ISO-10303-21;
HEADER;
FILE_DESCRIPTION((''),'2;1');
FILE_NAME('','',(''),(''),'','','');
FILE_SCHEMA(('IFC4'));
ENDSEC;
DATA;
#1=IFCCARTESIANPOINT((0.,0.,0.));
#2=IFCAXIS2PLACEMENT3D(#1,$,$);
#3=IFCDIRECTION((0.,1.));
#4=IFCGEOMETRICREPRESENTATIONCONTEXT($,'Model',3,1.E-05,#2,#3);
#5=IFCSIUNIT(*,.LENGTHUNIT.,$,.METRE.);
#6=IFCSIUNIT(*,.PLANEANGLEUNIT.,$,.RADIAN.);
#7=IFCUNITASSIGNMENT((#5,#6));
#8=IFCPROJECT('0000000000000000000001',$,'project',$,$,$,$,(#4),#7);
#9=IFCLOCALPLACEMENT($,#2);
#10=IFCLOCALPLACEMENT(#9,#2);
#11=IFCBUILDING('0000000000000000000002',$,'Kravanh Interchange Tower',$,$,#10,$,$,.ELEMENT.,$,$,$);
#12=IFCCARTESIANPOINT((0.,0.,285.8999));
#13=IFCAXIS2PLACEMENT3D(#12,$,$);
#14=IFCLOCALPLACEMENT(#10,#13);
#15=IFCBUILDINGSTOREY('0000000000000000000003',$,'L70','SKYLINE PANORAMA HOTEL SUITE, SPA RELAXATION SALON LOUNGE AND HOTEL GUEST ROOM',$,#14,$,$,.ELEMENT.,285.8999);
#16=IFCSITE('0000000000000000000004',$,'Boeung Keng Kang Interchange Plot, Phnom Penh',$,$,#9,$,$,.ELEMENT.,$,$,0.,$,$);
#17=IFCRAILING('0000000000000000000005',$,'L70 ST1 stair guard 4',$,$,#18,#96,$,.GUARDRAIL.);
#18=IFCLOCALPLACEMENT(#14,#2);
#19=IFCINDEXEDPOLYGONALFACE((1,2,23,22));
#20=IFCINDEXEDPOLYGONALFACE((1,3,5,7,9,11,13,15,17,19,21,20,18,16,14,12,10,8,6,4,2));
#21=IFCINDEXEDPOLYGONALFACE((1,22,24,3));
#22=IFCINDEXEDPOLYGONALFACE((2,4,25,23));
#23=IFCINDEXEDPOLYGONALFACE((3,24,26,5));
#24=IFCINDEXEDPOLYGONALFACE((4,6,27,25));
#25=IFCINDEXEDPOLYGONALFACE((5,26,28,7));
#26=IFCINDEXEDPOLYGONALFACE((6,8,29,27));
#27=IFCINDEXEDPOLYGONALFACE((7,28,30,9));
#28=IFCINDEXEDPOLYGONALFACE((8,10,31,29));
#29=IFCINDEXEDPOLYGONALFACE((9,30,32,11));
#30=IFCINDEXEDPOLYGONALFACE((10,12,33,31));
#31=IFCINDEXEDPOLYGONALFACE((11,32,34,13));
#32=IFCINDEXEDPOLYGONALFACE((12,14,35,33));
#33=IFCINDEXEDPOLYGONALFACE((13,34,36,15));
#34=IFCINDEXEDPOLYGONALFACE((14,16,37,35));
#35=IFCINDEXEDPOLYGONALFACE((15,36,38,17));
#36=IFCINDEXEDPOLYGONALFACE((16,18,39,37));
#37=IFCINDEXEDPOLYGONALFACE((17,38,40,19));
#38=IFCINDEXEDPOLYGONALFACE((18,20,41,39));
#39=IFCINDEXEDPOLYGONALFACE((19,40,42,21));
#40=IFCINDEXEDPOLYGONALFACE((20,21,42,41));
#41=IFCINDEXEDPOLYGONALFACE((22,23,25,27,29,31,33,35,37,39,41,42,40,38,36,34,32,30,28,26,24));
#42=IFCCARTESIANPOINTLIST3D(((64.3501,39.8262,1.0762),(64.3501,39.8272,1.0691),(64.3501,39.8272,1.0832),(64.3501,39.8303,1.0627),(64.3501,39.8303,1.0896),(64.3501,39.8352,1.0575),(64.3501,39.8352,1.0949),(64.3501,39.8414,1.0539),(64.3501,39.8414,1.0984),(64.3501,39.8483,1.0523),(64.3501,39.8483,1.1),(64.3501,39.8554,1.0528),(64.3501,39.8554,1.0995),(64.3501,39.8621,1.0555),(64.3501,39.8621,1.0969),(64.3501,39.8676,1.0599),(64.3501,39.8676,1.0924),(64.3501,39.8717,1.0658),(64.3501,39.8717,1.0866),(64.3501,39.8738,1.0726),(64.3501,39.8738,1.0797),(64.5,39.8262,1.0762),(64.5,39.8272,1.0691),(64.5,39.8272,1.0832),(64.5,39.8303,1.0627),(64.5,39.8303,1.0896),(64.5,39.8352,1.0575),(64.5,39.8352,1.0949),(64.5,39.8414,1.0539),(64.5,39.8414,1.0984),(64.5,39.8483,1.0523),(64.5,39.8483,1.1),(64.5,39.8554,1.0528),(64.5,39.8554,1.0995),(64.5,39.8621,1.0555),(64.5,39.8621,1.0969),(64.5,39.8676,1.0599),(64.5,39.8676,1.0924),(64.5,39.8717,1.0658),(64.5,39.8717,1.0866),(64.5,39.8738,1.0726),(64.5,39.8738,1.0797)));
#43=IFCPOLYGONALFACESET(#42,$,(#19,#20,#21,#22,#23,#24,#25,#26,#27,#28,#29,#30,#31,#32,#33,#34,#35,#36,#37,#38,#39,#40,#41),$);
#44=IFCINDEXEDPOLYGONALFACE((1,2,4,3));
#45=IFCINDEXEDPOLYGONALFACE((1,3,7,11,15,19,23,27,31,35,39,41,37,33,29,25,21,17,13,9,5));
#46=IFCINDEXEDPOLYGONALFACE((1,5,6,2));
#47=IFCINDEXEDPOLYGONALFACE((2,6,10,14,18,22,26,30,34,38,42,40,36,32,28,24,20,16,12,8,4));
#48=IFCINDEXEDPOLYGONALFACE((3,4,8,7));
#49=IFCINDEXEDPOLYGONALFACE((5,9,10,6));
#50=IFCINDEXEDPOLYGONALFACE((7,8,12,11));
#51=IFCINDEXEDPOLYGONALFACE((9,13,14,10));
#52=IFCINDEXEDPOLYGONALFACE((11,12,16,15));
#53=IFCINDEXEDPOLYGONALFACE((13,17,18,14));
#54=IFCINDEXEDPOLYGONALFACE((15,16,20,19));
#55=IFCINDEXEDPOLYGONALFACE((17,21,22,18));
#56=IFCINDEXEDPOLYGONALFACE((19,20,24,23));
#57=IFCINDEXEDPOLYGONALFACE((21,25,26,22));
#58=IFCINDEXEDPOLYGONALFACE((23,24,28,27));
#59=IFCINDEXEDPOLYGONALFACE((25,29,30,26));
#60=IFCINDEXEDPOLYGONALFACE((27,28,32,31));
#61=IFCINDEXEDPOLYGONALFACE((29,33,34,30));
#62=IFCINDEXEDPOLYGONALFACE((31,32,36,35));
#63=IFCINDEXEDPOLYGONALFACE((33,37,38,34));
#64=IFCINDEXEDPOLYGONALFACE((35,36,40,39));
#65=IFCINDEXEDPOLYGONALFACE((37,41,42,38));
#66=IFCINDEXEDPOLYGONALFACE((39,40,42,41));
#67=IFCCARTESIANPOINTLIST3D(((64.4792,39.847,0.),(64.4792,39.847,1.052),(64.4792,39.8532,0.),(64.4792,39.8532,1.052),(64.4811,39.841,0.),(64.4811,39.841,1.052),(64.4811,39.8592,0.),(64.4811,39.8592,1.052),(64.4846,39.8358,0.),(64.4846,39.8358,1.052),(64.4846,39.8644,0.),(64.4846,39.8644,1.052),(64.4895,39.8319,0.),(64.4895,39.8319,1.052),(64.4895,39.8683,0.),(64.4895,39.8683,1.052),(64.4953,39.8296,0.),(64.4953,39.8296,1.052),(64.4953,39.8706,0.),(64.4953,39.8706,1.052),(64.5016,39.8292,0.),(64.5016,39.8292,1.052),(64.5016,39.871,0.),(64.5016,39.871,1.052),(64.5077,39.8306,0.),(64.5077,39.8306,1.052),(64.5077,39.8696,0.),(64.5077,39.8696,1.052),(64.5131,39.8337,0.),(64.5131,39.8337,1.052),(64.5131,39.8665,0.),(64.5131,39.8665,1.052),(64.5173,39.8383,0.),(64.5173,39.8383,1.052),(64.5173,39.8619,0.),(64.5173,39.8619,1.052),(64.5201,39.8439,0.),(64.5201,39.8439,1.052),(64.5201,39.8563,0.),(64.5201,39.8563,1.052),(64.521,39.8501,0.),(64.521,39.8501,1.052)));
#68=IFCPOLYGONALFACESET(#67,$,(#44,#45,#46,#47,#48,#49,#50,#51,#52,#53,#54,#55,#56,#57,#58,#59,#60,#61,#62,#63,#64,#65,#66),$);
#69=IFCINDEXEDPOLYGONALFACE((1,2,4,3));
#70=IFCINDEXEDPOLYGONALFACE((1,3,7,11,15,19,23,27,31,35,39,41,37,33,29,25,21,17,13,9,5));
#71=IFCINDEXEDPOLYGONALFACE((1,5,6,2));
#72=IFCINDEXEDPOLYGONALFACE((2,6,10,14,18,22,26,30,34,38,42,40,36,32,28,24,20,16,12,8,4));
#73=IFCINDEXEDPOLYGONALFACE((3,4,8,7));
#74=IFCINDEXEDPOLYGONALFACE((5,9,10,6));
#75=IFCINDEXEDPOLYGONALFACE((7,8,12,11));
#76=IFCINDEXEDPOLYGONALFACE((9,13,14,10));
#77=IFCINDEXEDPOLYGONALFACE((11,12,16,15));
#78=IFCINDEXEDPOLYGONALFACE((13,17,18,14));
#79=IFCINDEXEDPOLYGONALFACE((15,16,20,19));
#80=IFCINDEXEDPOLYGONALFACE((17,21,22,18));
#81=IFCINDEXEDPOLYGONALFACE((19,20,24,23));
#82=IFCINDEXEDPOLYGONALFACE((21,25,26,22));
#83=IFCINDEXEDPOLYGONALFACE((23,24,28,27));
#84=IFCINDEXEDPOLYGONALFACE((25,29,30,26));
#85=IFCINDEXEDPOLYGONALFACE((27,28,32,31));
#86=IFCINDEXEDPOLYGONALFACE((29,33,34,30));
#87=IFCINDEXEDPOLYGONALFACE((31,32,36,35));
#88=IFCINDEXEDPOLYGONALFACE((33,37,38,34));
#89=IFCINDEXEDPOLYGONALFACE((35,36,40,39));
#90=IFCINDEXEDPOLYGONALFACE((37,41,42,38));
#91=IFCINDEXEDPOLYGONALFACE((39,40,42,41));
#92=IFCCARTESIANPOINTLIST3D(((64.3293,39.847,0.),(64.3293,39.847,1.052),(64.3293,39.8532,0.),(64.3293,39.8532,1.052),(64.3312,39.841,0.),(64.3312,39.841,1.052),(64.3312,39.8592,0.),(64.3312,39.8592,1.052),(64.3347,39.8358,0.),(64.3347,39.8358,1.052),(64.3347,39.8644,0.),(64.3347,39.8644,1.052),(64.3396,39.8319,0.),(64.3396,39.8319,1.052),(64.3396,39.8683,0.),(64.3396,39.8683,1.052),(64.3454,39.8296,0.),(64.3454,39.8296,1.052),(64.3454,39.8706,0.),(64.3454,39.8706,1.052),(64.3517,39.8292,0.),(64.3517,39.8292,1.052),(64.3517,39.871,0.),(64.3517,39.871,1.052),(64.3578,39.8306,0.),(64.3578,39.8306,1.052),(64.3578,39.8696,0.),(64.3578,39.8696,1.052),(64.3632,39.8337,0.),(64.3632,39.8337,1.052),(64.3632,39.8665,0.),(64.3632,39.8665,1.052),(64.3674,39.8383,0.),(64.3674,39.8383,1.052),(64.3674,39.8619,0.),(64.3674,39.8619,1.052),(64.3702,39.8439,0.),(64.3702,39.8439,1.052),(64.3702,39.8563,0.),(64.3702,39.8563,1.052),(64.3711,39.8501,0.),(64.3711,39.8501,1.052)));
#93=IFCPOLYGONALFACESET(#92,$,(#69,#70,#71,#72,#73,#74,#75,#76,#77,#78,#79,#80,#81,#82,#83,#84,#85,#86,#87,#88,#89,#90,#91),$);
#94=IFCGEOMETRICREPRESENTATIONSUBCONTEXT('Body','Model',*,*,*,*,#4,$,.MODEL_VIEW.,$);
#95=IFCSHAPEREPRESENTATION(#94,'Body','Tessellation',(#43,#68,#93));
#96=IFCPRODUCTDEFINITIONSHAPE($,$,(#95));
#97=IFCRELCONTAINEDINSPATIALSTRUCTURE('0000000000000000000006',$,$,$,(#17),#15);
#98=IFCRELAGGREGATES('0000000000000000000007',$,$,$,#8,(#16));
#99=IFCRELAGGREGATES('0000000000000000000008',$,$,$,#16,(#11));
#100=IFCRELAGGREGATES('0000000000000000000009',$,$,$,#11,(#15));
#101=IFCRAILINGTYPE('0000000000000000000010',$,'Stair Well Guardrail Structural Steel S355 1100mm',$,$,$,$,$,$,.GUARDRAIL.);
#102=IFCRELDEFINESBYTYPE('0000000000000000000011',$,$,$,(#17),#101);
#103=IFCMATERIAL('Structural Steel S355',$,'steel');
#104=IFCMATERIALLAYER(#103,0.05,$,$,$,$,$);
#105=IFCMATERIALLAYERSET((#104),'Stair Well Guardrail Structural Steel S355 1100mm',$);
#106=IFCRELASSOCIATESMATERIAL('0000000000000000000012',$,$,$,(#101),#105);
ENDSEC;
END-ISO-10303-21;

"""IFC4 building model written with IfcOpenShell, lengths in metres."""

from ifc_helpers import new_model, si_unit, direction, frame, origin, origin_2d, place, context, subcontext, project, spatial, circle, extrude, material, layer, layer_set, type_object, element, save


model = new_model("IFC4")

# Units and contexts
model_context = context("Model", 3, precision=1e-05, world=origin(), true_north=direction((0.0, 1.0)))
body_context = subcontext(model_context, "Body", "Model", "MODEL_VIEW")
ifc_project = project(units=[si_unit("LENGTHUNIT", "METRE"), si_unit("PLANEANGLEUNIT", "RADIAN")], contexts=[model_context])

# Site, building, storey
site_placement = place(None, origin())
site = spatial("IfcSite", under=ifc_project, at=site_placement, Name="Boeung Keng Kang Interchange Plot, Phnom Penh", CompositionType="ELEMENT", RefElevation=0.0)
building_placement = place(site_placement, origin())
building = spatial("IfcBuilding", under=site, at=building_placement, Name="Kravanh Interchange Tower", CompositionType="ELEMENT")
storey_placement = place(building_placement, frame((0.0, 0.0, 285.8999)))
storey = spatial("IfcBuildingStorey", under=building, at=storey_placement, Name="L70", Description="SKYLINE PANORAMA HOTEL SUITE, SPA RELAXATION SALON LOUNGE AND HOTEL GUEST ROOM", CompositionType="ELEMENT", Elevation=285.8999)

# Railing
ifc_material_1 = material(Name="Structural Steel S355", Category="steel")
ifc_layer_1 = layer(ifc_material_1, 0.05)
ifc_layer_set_1 = layer_set([ifc_layer_1], Name="Stair Well Guardrail Structural Steel S355 1100mm")
railing_type_1 = type_object("IfcRailingType", Name="Stair Well Guardrail Structural Steel S355 1100mm", PredefinedType="GUARDRAIL", material=ifc_layer_set_1)
railing_1_placement = place(storey_placement, frame((64.5, 39.8501, 0.0)))
element("IfcRailing", 1, at=railing_1_placement, inside=storey, type_object=railing_type_1, Name="L70 ST1 stair guard 4", PredefinedType="GUARDRAIL", context=body_context, shape_type="SweptSolid", body=[
    extrude(circle(Radius=0.0239, at=origin_2d()), frame((0.0, 0.0, 1.0762), z_axis=(-1.0, 0.0, 0.0), x_axis=(0.0, -1.0, 0.0)), (0.0, 0.0, 1.0), 0.1499),
    extrude(circle(Radius=0.021, at=origin_2d()), origin(), (0.0, 0.0, 1.0), 1.052),
    extrude(circle(Radius=0.021, at=origin_2d()), frame((-0.1499, 0.0, 0.0)), (0.0, 0.0, 1.0), 1.052),
])

save(model, "model.ifc")
